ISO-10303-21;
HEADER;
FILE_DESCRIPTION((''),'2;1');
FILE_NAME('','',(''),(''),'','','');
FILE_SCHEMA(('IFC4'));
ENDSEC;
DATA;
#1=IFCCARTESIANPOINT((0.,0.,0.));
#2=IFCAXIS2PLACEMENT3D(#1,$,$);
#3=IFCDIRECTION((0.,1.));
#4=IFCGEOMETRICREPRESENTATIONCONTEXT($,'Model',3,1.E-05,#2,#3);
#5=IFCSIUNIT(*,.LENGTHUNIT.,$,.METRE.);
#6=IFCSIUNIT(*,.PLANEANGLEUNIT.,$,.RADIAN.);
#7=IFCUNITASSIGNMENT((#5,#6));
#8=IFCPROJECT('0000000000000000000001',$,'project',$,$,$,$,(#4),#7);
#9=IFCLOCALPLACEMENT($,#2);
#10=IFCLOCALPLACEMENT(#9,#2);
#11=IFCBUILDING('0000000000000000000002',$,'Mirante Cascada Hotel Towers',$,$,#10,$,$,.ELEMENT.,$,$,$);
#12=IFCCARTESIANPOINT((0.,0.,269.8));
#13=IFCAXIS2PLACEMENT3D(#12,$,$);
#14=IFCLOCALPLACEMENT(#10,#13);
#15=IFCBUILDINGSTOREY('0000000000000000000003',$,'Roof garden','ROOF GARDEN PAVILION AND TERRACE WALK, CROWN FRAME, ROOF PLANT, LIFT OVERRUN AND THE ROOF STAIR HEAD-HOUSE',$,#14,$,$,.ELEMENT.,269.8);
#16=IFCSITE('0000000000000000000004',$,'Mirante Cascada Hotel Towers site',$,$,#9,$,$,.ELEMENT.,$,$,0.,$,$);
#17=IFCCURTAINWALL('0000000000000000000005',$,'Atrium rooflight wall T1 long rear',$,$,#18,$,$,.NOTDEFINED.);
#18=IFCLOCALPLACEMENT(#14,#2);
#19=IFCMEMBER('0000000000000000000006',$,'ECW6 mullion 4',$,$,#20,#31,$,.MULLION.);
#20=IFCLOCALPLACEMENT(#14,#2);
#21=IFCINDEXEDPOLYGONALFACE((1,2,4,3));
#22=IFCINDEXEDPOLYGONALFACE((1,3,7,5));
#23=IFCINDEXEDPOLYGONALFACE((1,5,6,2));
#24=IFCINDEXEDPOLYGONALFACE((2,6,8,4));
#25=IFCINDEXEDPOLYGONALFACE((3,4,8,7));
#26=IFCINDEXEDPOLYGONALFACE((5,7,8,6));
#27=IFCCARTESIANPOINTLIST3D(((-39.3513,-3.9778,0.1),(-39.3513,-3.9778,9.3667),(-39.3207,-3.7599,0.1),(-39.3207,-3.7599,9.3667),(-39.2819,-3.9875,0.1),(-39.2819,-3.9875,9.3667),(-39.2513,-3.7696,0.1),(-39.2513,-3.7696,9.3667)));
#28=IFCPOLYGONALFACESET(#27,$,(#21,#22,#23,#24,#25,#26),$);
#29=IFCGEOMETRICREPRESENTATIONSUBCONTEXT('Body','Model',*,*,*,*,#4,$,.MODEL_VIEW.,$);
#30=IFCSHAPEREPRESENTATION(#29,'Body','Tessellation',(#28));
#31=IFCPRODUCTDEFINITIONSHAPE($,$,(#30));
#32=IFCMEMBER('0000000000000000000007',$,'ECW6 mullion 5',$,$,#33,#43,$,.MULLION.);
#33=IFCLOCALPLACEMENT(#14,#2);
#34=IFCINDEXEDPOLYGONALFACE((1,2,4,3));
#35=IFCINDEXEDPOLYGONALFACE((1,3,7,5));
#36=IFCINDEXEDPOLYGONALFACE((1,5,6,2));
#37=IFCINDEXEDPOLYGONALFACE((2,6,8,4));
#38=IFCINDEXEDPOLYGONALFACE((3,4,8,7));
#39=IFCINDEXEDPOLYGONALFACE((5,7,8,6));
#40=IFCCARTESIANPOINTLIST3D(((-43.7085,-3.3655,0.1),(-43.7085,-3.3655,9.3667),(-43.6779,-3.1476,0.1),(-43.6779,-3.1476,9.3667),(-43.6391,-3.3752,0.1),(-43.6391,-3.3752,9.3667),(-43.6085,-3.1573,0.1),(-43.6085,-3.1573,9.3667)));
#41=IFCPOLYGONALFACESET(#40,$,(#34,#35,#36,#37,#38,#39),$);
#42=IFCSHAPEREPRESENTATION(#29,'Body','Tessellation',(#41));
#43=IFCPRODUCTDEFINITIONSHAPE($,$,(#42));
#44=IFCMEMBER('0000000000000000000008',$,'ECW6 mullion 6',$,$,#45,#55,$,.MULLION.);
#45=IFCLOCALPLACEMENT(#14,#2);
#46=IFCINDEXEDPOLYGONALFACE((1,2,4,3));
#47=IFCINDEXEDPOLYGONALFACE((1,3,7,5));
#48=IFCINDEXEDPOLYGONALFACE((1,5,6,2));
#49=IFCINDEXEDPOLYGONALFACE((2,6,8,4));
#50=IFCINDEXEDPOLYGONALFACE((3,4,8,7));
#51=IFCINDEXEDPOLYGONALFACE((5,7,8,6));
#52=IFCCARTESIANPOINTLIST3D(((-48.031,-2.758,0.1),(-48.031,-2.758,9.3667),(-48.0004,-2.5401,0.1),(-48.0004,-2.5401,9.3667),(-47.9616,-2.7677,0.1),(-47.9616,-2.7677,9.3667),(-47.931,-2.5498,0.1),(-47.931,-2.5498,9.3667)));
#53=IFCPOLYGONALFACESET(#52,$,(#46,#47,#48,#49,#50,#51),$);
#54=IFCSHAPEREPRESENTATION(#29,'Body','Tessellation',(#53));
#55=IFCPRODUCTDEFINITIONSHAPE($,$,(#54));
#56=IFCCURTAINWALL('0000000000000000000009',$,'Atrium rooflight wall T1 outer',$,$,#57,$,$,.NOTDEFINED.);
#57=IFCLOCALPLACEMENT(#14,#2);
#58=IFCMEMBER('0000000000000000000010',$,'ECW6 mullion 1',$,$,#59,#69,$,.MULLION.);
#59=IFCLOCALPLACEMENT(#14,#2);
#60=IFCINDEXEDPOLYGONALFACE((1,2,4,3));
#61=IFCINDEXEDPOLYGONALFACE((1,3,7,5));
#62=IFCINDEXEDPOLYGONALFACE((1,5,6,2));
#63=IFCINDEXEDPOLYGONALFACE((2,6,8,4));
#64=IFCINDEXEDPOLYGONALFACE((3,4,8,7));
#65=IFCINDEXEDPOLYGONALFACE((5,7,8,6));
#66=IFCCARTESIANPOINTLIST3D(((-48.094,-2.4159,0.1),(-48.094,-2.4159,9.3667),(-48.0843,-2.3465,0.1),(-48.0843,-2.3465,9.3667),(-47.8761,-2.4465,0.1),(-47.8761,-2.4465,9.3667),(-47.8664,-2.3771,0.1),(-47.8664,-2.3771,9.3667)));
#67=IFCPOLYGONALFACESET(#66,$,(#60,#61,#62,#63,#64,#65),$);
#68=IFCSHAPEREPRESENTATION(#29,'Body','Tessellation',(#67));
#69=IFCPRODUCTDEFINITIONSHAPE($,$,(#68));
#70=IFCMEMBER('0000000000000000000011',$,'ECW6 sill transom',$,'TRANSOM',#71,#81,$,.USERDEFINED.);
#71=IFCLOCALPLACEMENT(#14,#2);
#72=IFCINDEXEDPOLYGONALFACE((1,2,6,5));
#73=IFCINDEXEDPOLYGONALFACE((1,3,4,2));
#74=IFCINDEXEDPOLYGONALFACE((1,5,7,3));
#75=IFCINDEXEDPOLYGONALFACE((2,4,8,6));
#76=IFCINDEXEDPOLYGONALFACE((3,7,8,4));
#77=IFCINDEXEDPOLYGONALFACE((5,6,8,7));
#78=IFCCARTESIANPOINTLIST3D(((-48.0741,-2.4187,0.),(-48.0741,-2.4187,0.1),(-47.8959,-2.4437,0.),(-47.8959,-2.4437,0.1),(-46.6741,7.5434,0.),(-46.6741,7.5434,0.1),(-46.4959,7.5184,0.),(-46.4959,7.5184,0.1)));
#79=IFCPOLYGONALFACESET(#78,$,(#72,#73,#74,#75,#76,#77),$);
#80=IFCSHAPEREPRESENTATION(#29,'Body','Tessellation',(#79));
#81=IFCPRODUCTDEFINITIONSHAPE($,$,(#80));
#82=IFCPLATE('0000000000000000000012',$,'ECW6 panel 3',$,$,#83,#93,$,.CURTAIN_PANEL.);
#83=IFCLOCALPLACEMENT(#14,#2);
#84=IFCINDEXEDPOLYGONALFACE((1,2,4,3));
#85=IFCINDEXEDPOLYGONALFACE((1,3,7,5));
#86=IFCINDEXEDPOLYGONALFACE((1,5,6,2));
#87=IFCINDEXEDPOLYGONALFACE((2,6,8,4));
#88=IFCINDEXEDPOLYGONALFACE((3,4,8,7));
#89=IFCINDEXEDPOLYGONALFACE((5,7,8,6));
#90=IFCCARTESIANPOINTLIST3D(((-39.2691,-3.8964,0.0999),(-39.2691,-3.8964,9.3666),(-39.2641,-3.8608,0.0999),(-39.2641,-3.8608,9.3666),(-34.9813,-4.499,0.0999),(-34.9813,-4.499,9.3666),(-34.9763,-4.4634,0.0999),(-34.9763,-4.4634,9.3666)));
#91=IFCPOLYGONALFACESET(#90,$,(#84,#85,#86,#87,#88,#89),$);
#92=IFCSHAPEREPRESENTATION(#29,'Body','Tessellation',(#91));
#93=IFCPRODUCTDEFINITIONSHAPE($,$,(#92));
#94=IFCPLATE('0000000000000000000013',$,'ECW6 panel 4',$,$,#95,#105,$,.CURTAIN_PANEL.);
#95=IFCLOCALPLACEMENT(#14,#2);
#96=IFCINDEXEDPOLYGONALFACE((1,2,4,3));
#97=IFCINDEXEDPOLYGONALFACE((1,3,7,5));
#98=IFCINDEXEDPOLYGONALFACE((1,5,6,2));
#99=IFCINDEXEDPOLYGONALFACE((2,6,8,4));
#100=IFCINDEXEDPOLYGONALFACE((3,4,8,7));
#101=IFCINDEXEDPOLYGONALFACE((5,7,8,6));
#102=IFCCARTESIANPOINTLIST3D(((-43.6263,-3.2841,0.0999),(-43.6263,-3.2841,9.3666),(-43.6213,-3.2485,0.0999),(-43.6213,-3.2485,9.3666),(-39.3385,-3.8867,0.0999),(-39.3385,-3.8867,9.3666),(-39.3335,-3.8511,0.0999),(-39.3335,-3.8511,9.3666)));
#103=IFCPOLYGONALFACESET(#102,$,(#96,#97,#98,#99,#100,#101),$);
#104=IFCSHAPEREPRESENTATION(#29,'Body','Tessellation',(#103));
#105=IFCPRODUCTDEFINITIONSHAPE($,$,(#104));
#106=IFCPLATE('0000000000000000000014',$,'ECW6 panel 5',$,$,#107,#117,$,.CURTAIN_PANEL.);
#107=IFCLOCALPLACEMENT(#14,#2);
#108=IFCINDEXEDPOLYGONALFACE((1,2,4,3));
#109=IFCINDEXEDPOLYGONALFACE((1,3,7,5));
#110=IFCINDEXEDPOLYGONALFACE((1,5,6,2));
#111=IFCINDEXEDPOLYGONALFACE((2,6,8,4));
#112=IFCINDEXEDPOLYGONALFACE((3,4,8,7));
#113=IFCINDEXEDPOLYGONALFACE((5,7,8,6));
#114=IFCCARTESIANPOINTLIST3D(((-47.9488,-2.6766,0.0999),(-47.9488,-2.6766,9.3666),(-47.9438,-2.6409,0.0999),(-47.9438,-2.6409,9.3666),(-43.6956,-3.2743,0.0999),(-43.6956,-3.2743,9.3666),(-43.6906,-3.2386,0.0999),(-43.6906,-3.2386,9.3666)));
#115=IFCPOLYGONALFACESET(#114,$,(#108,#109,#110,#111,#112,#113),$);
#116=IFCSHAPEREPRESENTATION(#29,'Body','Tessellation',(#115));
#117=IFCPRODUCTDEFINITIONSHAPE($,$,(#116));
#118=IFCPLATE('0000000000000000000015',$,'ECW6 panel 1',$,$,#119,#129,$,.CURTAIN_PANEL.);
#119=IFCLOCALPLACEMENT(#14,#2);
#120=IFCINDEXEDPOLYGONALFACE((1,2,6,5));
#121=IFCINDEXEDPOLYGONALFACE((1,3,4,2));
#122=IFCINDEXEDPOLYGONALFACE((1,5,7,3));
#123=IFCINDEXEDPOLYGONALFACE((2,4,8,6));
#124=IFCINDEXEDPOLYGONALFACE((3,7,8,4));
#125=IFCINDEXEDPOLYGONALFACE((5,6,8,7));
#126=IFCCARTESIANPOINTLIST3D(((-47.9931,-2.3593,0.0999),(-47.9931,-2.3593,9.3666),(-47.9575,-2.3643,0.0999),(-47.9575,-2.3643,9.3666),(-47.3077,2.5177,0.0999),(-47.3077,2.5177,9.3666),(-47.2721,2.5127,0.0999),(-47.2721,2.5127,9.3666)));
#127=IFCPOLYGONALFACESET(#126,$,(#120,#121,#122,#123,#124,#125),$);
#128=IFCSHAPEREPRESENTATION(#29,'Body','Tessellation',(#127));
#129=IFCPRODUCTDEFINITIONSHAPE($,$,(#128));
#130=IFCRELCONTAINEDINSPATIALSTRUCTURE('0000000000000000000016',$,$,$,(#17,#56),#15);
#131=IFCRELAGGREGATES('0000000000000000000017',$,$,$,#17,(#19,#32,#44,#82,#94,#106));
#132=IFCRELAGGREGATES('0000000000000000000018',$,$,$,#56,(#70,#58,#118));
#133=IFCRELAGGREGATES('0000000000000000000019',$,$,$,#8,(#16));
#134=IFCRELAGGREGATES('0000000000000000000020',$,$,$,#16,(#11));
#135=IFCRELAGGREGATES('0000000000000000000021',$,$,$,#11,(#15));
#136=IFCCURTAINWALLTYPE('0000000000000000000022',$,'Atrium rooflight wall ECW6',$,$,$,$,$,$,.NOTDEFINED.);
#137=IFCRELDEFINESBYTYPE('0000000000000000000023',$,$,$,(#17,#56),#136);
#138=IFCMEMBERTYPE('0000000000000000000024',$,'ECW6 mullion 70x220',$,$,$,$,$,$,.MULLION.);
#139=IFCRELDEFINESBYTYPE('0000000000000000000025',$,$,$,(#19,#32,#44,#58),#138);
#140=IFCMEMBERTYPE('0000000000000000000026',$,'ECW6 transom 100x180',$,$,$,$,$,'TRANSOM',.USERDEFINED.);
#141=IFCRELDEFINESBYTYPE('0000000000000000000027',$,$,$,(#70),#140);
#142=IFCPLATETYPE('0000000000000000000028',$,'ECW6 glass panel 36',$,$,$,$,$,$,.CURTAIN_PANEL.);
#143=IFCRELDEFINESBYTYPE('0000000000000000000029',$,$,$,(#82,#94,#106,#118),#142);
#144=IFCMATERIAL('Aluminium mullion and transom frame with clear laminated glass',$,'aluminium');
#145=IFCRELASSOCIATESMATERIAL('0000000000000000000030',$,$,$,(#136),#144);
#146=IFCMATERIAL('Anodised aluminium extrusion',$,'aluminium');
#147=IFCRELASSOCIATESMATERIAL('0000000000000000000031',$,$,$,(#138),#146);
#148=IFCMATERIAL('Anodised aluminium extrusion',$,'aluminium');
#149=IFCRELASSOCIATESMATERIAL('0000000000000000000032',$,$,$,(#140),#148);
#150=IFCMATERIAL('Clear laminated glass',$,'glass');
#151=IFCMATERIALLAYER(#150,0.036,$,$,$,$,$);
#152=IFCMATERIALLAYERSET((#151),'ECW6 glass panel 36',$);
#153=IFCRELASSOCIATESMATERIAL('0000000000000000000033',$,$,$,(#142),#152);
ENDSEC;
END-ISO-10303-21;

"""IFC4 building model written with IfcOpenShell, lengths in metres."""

from ifc_helpers import new_model, si_unit, direction, frame, origin, origin_2d, place, context, subcontext, project, spatial, rectangle, extrude, material, layer, layer_set, material_profile, profile_set, type_object, element, aggregate, save


model = new_model("IFC4")

# Units and contexts
model_context = context("Model", 3, precision=1e-05, world=origin(), true_north=direction((0.0, 1.0)))
body_context = subcontext(model_context, "Body", "Model", "MODEL_VIEW")
ifc_project = project(units=[si_unit("LENGTHUNIT", "METRE"), si_unit("PLANEANGLEUNIT", "RADIAN")], contexts=[model_context])

# Site, building, storey
site_placement = place(None, origin())
site = spatial("IfcSite", under=ifc_project, at=site_placement, Name="Mirante Cascada Hotel Towers site", CompositionType="ELEMENT", RefElevation=0.0)
building_placement = place(site_placement, origin())
building = spatial("IfcBuilding", under=site, at=building_placement, Name="Mirante Cascada Hotel Towers", CompositionType="ELEMENT")
storey_placement = place(building_placement, frame((0.0, 0.0, 269.8)))
storey = spatial("IfcBuildingStorey", under=building, at=storey_placement, Name="Roof garden", Description="ROOF GARDEN PAVILION AND TERRACE WALK, CROWN FRAME, ROOF PLANT, LIFT OVERRUN AND THE ROOF STAIR HEAD-HOUSE", CompositionType="ELEMENT", Elevation=269.8)

# Curtain walls, members
ifc_material_1 = material(Name="Aluminium mullion and transom frame with clear laminated glass", Category="aluminium")
curtain_wall_type = type_object("IfcCurtainWallType", Name="Atrium rooflight wall ECW6", PredefinedType="NOTDEFINED", material=ifc_material_1)
curtain_wall_1_placement = place(storey_placement, origin())
curtain_wall_1 = element("IfcCurtainWall", 1, at=curtain_wall_1_placement, inside=storey, type_object=curtain_wall_type, Name="Atrium rooflight wall T1 long rear", PredefinedType="NOTDEFINED")
ifc_material_2 = material(Name="Anodised aluminium extrusion", Category="aluminium")
ifc_material_profile_1 = material_profile(ifc_material_2, rectangle(XDim=0.22, YDim=0.07, at=origin_2d()), Name="ECW6 MULLION 70x220")
ifc_profile_set_1 = profile_set([ifc_material_profile_1], Name="Anodised aluminium extrusion")
member_type_1 = type_object("IfcMemberType", Name="ECW6 mullion 70x220", PredefinedType="MULLION", material=ifc_profile_set_1)
member_1_placement = place(storey_placement, frame((-39.3013, -3.8737, 0.1), z_axis=(0.0, 0.0, 1.0), x_axis=(-0.139173, -0.990268, 0.0)))
member_1 = element("IfcMember", 2, at=member_1_placement, type_object=member_type_1, Name="ECW6 mullion 4", PredefinedType="MULLION", context=body_context, shape_type="SweptSolid", body=[
    extrude(rectangle(XDim=0.22, YDim=0.07, at=origin_2d()), origin(), (0.0, 0.0, 1.0), 9.2667),
])
member_2_placement = place(storey_placement, frame((-43.6585, -3.2614, 0.1), z_axis=(0.0, 0.0, 1.0), x_axis=(-0.139173, -0.990268, 0.0)))
member_2 = element("IfcMember", 3, at=member_2_placement, type_object=member_type_1, Name="ECW6 mullion 5", PredefinedType="MULLION", context=body_context, shape_type="SweptSolid", body=[
    extrude(rectangle(XDim=0.22, YDim=0.07, at=origin_2d()), origin(), (0.0, 0.0, 1.0), 9.2667),
])
member_3_placement = place(storey_placement, frame((-47.981, -2.6539, 0.1), z_axis=(0.0, 0.0, 1.0), x_axis=(-0.139173, -0.990268, 0.0)))
member_3 = element("IfcMember", 4, at=member_3_placement, type_object=member_type_1, Name="ECW6 mullion 6", PredefinedType="MULLION", context=body_context, shape_type="SweptSolid", body=[
    extrude(rectangle(XDim=0.22, YDim=0.07, at=origin_2d()), origin(), (0.0, 0.0, 1.0), 9.2667),
])
curtain_wall_2_placement = place(storey_placement, origin())
curtain_wall_2 = element("IfcCurtainWall", 5, at=curtain_wall_2_placement, inside=storey, type_object=curtain_wall_type, Name="Atrium rooflight wall T1 outer", PredefinedType="NOTDEFINED")
member_4_placement = place(storey_placement, frame((-47.9802, -2.3965, 0.1), z_axis=(0.0, 0.0, 1.0), x_axis=(-0.990268, 0.139173, 0.0)))
member_4 = element("IfcMember", 6, at=member_4_placement, type_object=member_type_1, Name="ECW6 mullion 1", PredefinedType="MULLION", context=body_context, shape_type="SweptSolid", body=[
    extrude(rectangle(XDim=0.22, YDim=0.07, at=origin_2d()), origin(), (0.0, 0.0, 1.0), 9.2667),
])
ifc_material_3 = material(Name="Anodised aluminium extrusion", Category="aluminium")
ifc_material_profile_2 = material_profile(ifc_material_3, rectangle(XDim=0.18, YDim=0.1, at=origin_2d()), Name="ECW6 TRANSOM 100x180")
ifc_profile_set_2 = profile_set([ifc_material_profile_2], Name="Anodised aluminium extrusion")
member_type_2 = type_object("IfcMemberType", Name="ECW6 transom 100x180", ElementType="TRANSOM", PredefinedType="USERDEFINED", material=ifc_profile_set_2)
member_5_placement = place(storey_placement, frame((-47.985, -2.4312, 0.05), z_axis=(0.139165, 0.990269, 0.0), x_axis=(-0.990269, 0.139165, 0.0)))
member_5 = element("IfcMember", 7, at=member_5_placement, type_object=member_type_2, Name="ECW6 sill transom", ObjectType="TRANSOM", PredefinedType="USERDEFINED", context=body_context, shape_type="SweptSolid", body=[
    extrude(rectangle(XDim=0.18, YDim=0.1, at=origin_2d()), origin(), (0.0, 0.0, 1.0), 10.06),
])

# Plates
ifc_material_4 = material(Name="Clear laminated glass", Category="glass")
ifc_layer_1 = layer(ifc_material_4, 0.036)
ifc_layer_set_1 = layer_set([ifc_layer_1], Name="ECW6 glass panel 36")
plate_type = type_object("IfcPlateType", Name="ECW6 glass panel 36", PredefinedType="CURTAIN_PANEL", material=ifc_layer_set_1)
plate_1_placement = place(storey_placement, frame((-37.1227, -4.1799, 0.0999), z_axis=(0.0, 0.0, 1.0), x_axis=(-0.990268, 0.139173, 0.0)))
plate_1 = element("IfcPlate", 8, at=plate_1_placement, type_object=plate_type, Name="ECW6 panel 3", PredefinedType="CURTAIN_PANEL", context=body_context, shape_type="SweptSolid", body=[
    extrude(rectangle(XDim=4.33, YDim=0.036, at=origin_2d()), origin(), (0.0, 0.0, 1.0), 9.2667),
])
plate_2_placement = place(storey_placement, frame((-41.4799, -3.5676, 0.0999), z_axis=(0.0, 0.0, 1.0), x_axis=(-0.990268, 0.139173, 0.0)))
plate_2 = element("IfcPlate", 9, at=plate_2_placement, type_object=plate_type, Name="ECW6 panel 4", PredefinedType="CURTAIN_PANEL", context=body_context, shape_type="SweptSolid", body=[
    extrude(rectangle(XDim=4.33, YDim=0.036, at=origin_2d()), origin(), (0.0, 0.0, 1.0), 9.2667),
])
plate_3_placement = place(storey_placement, frame((-45.8197, -2.9576, 0.0999), z_axis=(0.0, 0.0, 1.0), x_axis=(-0.990268, 0.139173, 0.0)))
plate_3 = element("IfcPlate", 10, at=plate_3_placement, type_object=plate_type, Name="ECW6 panel 5", PredefinedType="CURTAIN_PANEL", context=body_context, shape_type="SweptSolid", body=[
    extrude(rectangle(XDim=4.295, YDim=0.036, at=origin_2d()), origin(), (0.0, 0.0, 1.0), 9.2667),
])
aggregate(curtain_wall_1, [member_1, member_2, member_3, plate_1, plate_2, plate_3])
plate_4_placement = place(storey_placement, frame((-47.6326, 0.0767, 0.0999), z_axis=(0.0, 0.0, 1.0), x_axis=(0.139173, 0.990268, 0.0)))
plate_4 = element("IfcPlate", 11, at=plate_4_placement, type_object=plate_type, Name="ECW6 panel 1", PredefinedType="CURTAIN_PANEL", context=body_context, shape_type="SweptSolid", body=[
    extrude(rectangle(XDim=4.925, YDim=0.036, at=origin_2d()), origin(), (0.0, 0.0, 1.0), 9.2667),
])
aggregate(curtain_wall_2, [member_5, member_4, plate_4])

save(model, "model.ifc")
